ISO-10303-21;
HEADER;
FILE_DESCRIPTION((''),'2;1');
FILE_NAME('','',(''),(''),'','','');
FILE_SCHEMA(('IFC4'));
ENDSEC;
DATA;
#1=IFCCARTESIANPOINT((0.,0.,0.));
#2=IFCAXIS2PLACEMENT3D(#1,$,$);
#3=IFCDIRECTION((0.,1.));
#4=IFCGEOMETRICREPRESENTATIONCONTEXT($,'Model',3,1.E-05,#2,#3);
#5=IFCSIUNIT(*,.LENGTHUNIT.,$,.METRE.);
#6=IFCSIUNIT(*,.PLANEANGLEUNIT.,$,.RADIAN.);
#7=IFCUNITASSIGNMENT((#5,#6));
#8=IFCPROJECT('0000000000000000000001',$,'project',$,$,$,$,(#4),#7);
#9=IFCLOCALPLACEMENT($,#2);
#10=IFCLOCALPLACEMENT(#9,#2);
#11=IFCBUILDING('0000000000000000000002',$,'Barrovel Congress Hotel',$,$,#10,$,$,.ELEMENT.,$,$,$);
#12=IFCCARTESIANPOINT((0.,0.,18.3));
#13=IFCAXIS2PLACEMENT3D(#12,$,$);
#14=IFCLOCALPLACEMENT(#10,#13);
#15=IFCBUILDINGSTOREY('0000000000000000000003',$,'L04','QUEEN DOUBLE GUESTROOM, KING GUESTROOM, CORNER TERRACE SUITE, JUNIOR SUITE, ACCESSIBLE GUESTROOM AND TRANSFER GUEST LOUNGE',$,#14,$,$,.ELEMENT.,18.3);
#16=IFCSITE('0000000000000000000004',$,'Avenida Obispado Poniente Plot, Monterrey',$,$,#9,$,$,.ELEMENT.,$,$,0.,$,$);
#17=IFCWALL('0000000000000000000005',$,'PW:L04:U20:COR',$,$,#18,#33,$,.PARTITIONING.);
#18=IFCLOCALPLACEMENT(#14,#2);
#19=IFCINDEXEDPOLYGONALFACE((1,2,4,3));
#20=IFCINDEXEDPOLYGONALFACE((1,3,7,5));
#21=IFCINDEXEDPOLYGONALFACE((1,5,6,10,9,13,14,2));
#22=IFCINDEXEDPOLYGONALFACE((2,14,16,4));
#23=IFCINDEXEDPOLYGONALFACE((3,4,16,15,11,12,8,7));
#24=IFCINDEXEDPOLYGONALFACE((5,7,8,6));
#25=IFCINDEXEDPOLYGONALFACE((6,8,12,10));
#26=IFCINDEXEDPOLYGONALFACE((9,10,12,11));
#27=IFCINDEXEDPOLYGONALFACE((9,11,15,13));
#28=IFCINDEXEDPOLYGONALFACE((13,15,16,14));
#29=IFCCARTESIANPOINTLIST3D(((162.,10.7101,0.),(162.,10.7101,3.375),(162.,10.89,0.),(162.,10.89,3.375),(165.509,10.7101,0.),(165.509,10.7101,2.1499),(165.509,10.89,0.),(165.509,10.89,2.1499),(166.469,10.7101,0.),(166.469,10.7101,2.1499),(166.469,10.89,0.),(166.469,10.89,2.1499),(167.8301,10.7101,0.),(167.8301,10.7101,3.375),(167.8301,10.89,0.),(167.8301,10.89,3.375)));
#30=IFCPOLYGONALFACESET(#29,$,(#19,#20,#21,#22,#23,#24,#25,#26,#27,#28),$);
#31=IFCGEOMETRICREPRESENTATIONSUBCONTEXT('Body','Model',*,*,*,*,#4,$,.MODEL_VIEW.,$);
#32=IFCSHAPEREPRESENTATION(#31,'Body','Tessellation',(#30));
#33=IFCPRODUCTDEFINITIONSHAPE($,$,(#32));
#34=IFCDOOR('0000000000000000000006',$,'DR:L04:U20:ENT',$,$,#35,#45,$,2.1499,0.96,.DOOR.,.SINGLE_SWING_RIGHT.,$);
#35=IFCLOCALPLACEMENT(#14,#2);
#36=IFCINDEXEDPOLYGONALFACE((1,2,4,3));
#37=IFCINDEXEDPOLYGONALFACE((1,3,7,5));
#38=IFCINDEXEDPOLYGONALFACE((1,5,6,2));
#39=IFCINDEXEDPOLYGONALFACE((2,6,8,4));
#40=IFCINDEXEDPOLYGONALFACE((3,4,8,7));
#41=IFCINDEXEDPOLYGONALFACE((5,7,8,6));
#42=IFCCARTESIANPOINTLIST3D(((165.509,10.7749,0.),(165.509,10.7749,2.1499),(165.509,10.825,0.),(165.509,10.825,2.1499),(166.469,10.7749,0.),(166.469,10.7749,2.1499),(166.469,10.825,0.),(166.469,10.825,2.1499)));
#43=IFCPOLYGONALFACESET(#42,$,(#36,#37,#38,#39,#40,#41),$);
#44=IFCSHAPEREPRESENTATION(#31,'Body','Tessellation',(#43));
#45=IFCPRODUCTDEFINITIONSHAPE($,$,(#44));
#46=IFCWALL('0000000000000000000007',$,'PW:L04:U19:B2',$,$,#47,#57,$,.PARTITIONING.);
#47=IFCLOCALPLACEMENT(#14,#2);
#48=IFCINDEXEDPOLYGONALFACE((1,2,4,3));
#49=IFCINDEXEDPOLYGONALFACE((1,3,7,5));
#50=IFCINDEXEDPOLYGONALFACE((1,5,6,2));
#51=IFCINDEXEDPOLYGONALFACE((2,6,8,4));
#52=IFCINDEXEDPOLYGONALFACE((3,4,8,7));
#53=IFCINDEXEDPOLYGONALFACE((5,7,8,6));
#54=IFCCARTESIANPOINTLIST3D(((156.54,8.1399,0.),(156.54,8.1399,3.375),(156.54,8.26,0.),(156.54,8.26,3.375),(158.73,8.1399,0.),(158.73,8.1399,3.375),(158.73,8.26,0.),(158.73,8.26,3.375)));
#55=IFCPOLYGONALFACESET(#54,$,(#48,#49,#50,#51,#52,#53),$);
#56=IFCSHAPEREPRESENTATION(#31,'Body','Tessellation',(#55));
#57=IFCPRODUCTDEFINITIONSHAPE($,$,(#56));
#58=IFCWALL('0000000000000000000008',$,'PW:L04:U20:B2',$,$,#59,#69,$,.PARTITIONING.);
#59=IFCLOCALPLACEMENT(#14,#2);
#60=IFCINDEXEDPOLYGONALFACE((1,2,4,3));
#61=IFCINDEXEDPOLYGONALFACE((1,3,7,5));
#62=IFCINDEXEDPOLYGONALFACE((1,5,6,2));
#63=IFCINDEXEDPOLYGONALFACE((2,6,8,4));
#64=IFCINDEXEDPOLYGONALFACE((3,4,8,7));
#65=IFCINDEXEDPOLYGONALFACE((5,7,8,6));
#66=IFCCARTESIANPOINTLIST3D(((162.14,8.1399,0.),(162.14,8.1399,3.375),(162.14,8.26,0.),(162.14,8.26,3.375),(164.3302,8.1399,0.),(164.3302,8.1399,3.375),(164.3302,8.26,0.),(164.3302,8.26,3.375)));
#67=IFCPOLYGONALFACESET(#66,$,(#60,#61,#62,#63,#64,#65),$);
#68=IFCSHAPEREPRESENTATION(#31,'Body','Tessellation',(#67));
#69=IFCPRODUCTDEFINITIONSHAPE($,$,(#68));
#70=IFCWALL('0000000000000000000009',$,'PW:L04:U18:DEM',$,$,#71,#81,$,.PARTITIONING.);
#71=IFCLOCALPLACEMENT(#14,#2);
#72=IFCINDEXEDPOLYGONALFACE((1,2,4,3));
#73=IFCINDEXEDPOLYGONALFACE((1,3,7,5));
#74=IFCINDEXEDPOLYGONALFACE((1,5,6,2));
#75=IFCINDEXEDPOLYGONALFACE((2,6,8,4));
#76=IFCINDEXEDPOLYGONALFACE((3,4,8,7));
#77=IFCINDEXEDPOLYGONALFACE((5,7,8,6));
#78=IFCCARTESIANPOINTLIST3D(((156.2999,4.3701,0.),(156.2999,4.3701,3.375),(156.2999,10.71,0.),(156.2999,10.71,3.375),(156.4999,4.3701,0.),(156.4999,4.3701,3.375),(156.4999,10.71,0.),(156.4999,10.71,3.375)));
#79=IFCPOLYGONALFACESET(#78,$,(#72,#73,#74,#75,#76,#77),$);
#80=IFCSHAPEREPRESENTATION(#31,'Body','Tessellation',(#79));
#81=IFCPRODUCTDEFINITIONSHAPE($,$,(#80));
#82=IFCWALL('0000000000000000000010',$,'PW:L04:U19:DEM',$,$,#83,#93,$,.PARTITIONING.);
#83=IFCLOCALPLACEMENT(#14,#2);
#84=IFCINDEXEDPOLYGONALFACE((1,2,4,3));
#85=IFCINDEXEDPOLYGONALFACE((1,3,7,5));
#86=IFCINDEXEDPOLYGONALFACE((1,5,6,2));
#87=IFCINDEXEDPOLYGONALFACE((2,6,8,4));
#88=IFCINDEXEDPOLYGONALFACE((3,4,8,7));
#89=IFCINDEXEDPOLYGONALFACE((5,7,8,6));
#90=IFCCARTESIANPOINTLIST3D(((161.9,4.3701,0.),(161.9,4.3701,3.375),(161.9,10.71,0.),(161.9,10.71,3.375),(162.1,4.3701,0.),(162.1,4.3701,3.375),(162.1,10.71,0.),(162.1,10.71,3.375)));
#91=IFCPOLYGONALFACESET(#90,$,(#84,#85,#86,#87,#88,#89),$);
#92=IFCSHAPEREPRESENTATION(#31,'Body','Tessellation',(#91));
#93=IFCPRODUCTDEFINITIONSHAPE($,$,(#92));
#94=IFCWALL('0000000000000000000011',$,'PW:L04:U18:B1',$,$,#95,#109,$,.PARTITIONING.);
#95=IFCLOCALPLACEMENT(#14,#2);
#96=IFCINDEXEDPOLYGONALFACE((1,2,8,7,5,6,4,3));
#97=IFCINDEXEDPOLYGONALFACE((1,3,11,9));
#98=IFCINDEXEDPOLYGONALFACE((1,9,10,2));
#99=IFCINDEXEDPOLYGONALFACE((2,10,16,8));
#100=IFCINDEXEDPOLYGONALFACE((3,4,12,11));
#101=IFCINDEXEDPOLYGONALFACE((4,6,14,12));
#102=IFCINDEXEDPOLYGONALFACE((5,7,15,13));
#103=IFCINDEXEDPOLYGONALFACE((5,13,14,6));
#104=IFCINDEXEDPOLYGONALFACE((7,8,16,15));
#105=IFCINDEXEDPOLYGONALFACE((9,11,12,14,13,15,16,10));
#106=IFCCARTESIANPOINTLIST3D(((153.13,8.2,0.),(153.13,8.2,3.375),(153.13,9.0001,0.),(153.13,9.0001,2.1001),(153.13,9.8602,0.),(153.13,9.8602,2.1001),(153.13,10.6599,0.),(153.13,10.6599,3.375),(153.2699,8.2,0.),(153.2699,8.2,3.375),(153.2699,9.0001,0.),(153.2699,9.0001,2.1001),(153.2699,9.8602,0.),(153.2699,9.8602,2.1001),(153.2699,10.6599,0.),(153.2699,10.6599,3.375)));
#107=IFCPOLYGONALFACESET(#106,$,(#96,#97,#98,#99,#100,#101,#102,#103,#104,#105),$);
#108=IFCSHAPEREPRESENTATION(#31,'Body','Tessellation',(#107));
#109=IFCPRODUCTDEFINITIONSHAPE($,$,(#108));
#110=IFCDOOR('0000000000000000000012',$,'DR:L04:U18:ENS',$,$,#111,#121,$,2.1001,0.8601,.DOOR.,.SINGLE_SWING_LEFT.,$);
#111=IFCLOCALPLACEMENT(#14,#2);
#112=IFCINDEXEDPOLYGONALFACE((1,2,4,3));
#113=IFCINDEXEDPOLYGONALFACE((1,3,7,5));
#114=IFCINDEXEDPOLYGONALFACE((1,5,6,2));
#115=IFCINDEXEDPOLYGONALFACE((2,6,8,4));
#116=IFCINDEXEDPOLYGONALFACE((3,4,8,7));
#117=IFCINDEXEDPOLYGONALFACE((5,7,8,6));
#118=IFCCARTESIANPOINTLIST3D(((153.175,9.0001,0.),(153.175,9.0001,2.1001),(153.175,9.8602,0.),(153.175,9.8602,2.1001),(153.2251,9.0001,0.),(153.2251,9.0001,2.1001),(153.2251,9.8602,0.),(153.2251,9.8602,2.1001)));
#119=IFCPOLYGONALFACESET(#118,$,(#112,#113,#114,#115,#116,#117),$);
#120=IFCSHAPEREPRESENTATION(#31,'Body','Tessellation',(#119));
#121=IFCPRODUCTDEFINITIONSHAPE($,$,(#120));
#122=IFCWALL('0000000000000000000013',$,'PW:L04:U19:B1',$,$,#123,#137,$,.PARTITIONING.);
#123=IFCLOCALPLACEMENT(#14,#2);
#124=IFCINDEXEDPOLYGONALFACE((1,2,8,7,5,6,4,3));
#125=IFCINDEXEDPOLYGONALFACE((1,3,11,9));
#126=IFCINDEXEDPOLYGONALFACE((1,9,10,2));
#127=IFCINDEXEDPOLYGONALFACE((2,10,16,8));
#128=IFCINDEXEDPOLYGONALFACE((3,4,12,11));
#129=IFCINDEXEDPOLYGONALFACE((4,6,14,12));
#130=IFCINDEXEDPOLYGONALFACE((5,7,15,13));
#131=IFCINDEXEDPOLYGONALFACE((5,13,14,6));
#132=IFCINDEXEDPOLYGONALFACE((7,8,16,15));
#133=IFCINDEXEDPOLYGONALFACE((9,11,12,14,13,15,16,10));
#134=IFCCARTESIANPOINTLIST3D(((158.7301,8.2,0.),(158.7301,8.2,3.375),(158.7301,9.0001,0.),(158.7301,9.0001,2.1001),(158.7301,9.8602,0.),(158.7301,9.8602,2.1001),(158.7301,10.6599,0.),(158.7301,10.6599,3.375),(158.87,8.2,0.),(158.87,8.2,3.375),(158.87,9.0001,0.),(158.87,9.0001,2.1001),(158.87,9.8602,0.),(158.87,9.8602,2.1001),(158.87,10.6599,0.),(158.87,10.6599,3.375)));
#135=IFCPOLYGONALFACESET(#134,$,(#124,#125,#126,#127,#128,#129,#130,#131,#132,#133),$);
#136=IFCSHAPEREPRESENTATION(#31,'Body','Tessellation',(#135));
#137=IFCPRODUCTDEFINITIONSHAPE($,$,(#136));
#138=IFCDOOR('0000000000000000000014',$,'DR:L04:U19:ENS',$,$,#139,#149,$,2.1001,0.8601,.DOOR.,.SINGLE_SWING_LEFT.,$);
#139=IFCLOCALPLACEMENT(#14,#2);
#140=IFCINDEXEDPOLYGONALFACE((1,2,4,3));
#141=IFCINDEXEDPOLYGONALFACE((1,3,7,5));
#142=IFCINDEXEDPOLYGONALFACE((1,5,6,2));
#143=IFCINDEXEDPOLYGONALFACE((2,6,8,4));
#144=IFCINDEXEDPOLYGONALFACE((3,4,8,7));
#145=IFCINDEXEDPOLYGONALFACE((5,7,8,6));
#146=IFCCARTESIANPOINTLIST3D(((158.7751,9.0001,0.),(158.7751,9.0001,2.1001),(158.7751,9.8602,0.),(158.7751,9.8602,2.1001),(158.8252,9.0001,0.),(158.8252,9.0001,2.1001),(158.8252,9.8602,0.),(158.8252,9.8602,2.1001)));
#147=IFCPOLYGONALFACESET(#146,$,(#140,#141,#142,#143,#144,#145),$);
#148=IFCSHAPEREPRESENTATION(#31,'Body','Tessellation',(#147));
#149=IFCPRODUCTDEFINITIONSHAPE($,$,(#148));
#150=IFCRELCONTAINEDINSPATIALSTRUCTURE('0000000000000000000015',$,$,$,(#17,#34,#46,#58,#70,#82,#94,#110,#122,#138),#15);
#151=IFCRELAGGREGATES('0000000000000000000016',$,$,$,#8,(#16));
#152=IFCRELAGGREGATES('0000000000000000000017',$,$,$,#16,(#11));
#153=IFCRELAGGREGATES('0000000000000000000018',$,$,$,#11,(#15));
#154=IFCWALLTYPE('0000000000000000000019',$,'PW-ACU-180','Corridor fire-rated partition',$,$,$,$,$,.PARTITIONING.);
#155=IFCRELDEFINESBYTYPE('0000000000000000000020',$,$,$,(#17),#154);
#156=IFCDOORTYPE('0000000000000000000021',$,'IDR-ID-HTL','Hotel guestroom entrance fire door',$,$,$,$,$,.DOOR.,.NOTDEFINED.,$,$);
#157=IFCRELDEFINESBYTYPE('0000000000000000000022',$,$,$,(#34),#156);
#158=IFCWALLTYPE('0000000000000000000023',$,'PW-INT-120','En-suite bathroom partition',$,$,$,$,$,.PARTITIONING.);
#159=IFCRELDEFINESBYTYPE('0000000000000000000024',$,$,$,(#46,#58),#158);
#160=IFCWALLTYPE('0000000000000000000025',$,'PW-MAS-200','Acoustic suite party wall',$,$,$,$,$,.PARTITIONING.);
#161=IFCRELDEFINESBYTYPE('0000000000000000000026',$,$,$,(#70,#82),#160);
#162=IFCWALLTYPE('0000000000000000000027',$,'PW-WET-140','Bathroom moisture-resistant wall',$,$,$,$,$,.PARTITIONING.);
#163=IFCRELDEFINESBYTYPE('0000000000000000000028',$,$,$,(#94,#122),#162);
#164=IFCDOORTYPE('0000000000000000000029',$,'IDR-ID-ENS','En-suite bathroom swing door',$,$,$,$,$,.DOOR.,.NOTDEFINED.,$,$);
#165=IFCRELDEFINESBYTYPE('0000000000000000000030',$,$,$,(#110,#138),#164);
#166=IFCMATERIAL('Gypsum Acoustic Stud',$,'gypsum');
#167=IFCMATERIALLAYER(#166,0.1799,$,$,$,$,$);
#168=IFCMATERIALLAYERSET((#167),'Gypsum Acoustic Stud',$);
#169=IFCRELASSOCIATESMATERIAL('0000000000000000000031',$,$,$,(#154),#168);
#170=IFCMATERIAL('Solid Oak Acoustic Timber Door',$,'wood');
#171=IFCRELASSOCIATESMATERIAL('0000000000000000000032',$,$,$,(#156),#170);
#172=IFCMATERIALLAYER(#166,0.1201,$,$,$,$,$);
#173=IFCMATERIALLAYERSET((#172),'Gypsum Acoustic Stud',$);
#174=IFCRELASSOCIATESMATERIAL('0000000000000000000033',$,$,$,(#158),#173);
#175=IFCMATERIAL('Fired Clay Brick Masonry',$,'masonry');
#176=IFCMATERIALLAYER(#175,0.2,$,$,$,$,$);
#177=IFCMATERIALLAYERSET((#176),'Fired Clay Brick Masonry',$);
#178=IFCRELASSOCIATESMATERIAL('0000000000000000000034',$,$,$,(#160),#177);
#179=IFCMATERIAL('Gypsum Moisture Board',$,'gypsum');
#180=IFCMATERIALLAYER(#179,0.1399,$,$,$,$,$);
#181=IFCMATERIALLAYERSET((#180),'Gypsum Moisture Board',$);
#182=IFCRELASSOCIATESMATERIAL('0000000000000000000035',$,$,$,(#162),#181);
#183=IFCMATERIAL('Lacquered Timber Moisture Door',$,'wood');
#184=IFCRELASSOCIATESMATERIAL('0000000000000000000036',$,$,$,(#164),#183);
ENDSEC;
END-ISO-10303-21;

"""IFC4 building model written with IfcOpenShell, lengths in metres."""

from ifc_helpers import new_model, si_unit, direction, frame, frame_2d, origin, place, context, subcontext, project, spatial, rectangle, extrude, material, layer, layer_set, type_object, element, fill, save


model = new_model("IFC4")

# Units and contexts
model_context = context("Model", 3, precision=1e-05, world=origin(), true_north=direction((0.0, 1.0)))
body_context = subcontext(model_context, "Body", "Model", "MODEL_VIEW")
ifc_project = project(units=[si_unit("LENGTHUNIT", "METRE"), si_unit("PLANEANGLEUNIT", "RADIAN")], contexts=[model_context])

# Site, building, storey
site_placement = place(None, origin())
site = spatial("IfcSite", under=ifc_project, at=site_placement, Name="Avenida Obispado Poniente Plot, Monterrey", CompositionType="ELEMENT", RefElevation=0.0)
building_placement = place(site_placement, origin())
building = spatial("IfcBuilding", under=site, at=building_placement, Name="Barrovel Congress Hotel", CompositionType="ELEMENT")
storey_placement = place(building_placement, frame((0.0, 0.0, 18.3)))
storey = spatial("IfcBuildingStorey", under=building, at=storey_placement, Name="L04", Description="QUEEN DOUBLE GUESTROOM, KING GUESTROOM, CORNER TERRACE SUITE, JUNIOR SUITE, ACCESSIBLE GUESTROOM AND TRANSFER GUEST LOUNGE", CompositionType="ELEMENT", Elevation=18.3)

# Shared definitions
ifc_material_1 = material(Name="Fired Clay Brick Masonry", Category="masonry")

# Wall, opening, door
ifc_material_2 = material(Name="Gypsum Acoustic Stud", Category="gypsum")
ifc_layer_1 = layer(ifc_material_2, 0.1799)
ifc_layer_set_1 = layer_set([ifc_layer_1], Name="Gypsum Acoustic Stud")
wall_type_1 = type_object("IfcWallType", Name="PW-ACU-180", Description="Corridor fire-rated partition", PredefinedType="PARTITIONING", material=ifc_layer_set_1)
ifc_material_3 = material(Name="Solid Oak Acoustic Timber Door", Category="wood")
door_type_1 = type_object("IfcDoorType", Name="IDR-ID-HTL", Description="Hotel guestroom entrance fire door", OperationType="NOTDEFINED", PredefinedType="DOOR", material=ifc_material_3)
wall_1_placement = place(storey_placement, frame((162.0, 10.8, 0.0), z_axis=(0.0, 0.0, 1.0), x_axis=(1.0, 0.0, 0.0)))
wall_1 = element("IfcWall", 1, at=wall_1_placement, inside=storey, type_object=wall_type_1, Name="PW:L04:U20:COR", PredefinedType="PARTITIONING", context=body_context, shape_type="SweptSolid", body=[
    extrude(rectangle(XDim=5.8301, YDim=0.1799, at=frame_2d((2.915, 0.0))), origin(), (0.0, 0.0, 1.0), 3.375),
])
opening_1_placement = place(wall_1_placement, frame((3.509, 0.0, 0.0)))
opening_1 = element("IfcOpeningElement", 2, at=opening_1_placement, cuts=wall_1, PredefinedType="OPENING", context=body_context, shape_type="SweptSolid", body=[
    extrude(rectangle(XDim=0.96, YDim=2.1499, at=frame_2d((0.48, 1.075))), frame((0.0, 0.1001, 0.0), z_axis=(0.0, -1.0, 0.0), x_axis=(1.0, 0.0, 0.0)), (0.0, 0.0, 1.0), 0.2),
])
door_1_placement = place(opening_1_placement, origin())
door_1 = element("IfcDoor", 3, at=door_1_placement, inside=storey, type_object=door_type_1, Name="DR:L04:U20:ENT", OperationType="SINGLE_SWING_RIGHT", OverallHeight=2.1499, OverallWidth=0.96, PredefinedType="DOOR", context=body_context, shape_type="SweptSolid", body=[
    extrude(rectangle(XDim=0.96, YDim=2.1499, at=frame_2d((0.48, 1.075))), frame((0.0, 0.0249, 0.0), z_axis=(0.0, -1.0, 0.0), x_axis=(1.0, 0.0, 0.0)), (0.0, 0.0, 1.0), 0.05),
])
fill(opening_1, door_1)

# Walls
ifc_layer_2 = layer(ifc_material_2, 0.1201)
ifc_layer_set_2 = layer_set([ifc_layer_2], Name="Gypsum Acoustic Stud")
wall_type_2 = type_object("IfcWallType", Name="PW-INT-120", Description="En-suite bathroom partition", PredefinedType="PARTITIONING", material=ifc_layer_set_2)
wall_2_placement = place(storey_placement, frame((156.54, 8.2, 0.0), z_axis=(0.0, 0.0, 1.0), x_axis=(1.0, 0.0, 0.0)))
element("IfcWall", 4, at=wall_2_placement, inside=storey, type_object=wall_type_2, Name="PW:L04:U19:B2", PredefinedType="PARTITIONING", context=body_context, shape_type="SweptSolid", body=[
    extrude(rectangle(XDim=2.1899, YDim=0.1201, at=frame_2d((1.095, 0.0))), origin(), (0.0, 0.0, 1.0), 3.375),
])
wall_3_placement = place(storey_placement, frame((162.1399, 8.2, 0.0), z_axis=(0.0, 0.0, 1.0), x_axis=(1.0, 0.0, 0.0)))
element("IfcWall", 5, at=wall_3_placement, inside=storey, type_object=wall_type_2, Name="PW:L04:U20:B2", PredefinedType="PARTITIONING", context=body_context, shape_type="SweptSolid", body=[
    extrude(rectangle(XDim=2.1902, YDim=0.1201, at=frame_2d((1.0952, 0.0))), origin(), (0.0, 0.0, 1.0), 3.375),
])
ifc_layer_3 = layer(ifc_material_1, 0.2)
ifc_layer_set_3 = layer_set([ifc_layer_3], Name="Fired Clay Brick Masonry")
wall_type_3 = type_object("IfcWallType", Name="PW-MAS-200", Description="Acoustic suite party wall", PredefinedType="PARTITIONING", material=ifc_layer_set_3)
for number, where, z_axis, x_axis, name in (
    (6, (156.3999, 4.3701, 0.0), (0.0, 0.0, 1.0), (0.0, 1.0, 0.0), "PW:L04:U18:DEM"),
    (7, (162.0, 4.3701, 0.0), (0.0, 0.0, 1.0), (0.0, 1.0, 0.0), "PW:L04:U19:DEM"),
):
    element("IfcWall", number, at=place(storey_placement, frame(where, z_axis=z_axis, x_axis=x_axis)), inside=storey, type_object=wall_type_3, Name=name, PredefinedType="PARTITIONING", context=body_context, shape_type="SweptSolid", body=[
        extrude(rectangle(XDim=6.3398, YDim=0.2, at=frame_2d((3.1699, 0.0))), origin(), (0.0, 0.0, 1.0), 3.375),
    ])

# Walls, openings, doors
ifc_material_4 = material(Name="Gypsum Moisture Board", Category="gypsum")
ifc_layer_4 = layer(ifc_material_4, 0.1399)
ifc_layer_set_4 = layer_set([ifc_layer_4], Name="Gypsum Moisture Board")
wall_type_4 = type_object("IfcWallType", Name="PW-WET-140", Description="Bathroom moisture-resistant wall", PredefinedType="PARTITIONING", material=ifc_layer_set_4)
wall_4_placement = place(storey_placement, frame((153.2, 8.2, 0.0), z_axis=(0.0, 0.0, 1.0), x_axis=(0.0, 1.0, 0.0)))
wall_4 = element("IfcWall", 8, at=wall_4_placement, inside=storey, type_object=wall_type_4, Name="PW:L04:U18:B1", PredefinedType="PARTITIONING", context=body_context, shape_type="SweptSolid", body=[
    extrude(rectangle(XDim=2.46, YDim=0.1399, at=frame_2d((1.23, 0.0))), origin(), (0.0, 0.0, 1.0), 3.375),
])
opening_2_placement = place(wall_4_placement, frame((0.8, 0.0, 0.0)))
opening_2 = element("IfcOpeningElement", 9, at=opening_2_placement, cuts=wall_4, PredefinedType="OPENING", context=body_context, shape_type="SweptSolid", body=[
    extrude(rectangle(XDim=0.8601, YDim=2.1001, at=frame_2d((0.4302, 1.05))), frame((0.0, 0.0801, 0.0), z_axis=(0.0, -1.0, 0.0), x_axis=(1.0, 0.0, 0.0)), (0.0, 0.0, 1.0), 0.1599),
])
ifc_material_5 = material(Name="Lacquered Timber Moisture Door", Category="wood")
door_type_2 = type_object("IfcDoorType", Name="IDR-ID-ENS", Description="En-suite bathroom swing door", OperationType="NOTDEFINED", PredefinedType="DOOR", material=ifc_material_5)
door_2_placement = place(opening_2_placement, origin())
door_2 = element("IfcDoor", 10, at=door_2_placement, inside=storey, type_object=door_type_2, Name="DR:L04:U18:ENS", OperationType="SINGLE_SWING_LEFT", OverallHeight=2.1001, OverallWidth=0.8601, PredefinedType="DOOR", context=body_context, shape_type="SweptSolid", body=[
    extrude(rectangle(XDim=0.8601, YDim=2.1001, at=frame_2d((0.4302, 1.05))), frame((0.0, 0.0249, 0.0), z_axis=(0.0, -1.0, 0.0), x_axis=(1.0, 0.0, 0.0)), (0.0, 0.0, 1.0), 0.05),
])
fill(opening_2, door_2)
wall_5_placement = place(storey_placement, frame((158.8, 8.2, 0.0), z_axis=(0.0, 0.0, 1.0), x_axis=(0.0, 1.0, 0.0)))
wall_5 = element("IfcWall", 11, at=wall_5_placement, inside=storey, type_object=wall_type_4, Name="PW:L04:U19:B1", PredefinedType="PARTITIONING", context=body_context, shape_type="SweptSolid", body=[
    extrude(rectangle(XDim=2.46, YDim=0.1399, at=frame_2d((1.23, 0.0))), origin(), (0.0, 0.0, 1.0), 3.375),
])
opening_3_placement = place(wall_5_placement, frame((0.8, 0.0, 0.0)))
opening_3 = element("IfcOpeningElement", 12, at=opening_3_placement, cuts=wall_5, PredefinedType="OPENING", context=body_context, shape_type="SweptSolid", body=[
    extrude(rectangle(XDim=0.8601, YDim=2.1001, at=frame_2d((0.4302, 1.05))), frame((0.0, 0.0801, 0.0), z_axis=(0.0, -1.0, 0.0), x_axis=(1.0, 0.0, 0.0)), (0.0, 0.0, 1.0), 0.1599),
])
door_3_placement = place(opening_3_placement, origin())
door_3 = element("IfcDoor", 13, at=door_3_placement, inside=storey, type_object=door_type_2, Name="DR:L04:U19:ENS", OperationType="SINGLE_SWING_LEFT", OverallHeight=2.1001, OverallWidth=0.8601, PredefinedType="DOOR", context=body_context, shape_type="SweptSolid", body=[
    extrude(rectangle(XDim=0.8601, YDim=2.1001, at=frame_2d((0.4302, 1.05))), frame((0.0, 0.0249, 0.0), z_axis=(0.0, -1.0, 0.0), x_axis=(1.0, 0.0, 0.0)), (0.0, 0.0, 1.0), 0.05),
])
fill(opening_3, door_3)

save(model, "model.ifc")
